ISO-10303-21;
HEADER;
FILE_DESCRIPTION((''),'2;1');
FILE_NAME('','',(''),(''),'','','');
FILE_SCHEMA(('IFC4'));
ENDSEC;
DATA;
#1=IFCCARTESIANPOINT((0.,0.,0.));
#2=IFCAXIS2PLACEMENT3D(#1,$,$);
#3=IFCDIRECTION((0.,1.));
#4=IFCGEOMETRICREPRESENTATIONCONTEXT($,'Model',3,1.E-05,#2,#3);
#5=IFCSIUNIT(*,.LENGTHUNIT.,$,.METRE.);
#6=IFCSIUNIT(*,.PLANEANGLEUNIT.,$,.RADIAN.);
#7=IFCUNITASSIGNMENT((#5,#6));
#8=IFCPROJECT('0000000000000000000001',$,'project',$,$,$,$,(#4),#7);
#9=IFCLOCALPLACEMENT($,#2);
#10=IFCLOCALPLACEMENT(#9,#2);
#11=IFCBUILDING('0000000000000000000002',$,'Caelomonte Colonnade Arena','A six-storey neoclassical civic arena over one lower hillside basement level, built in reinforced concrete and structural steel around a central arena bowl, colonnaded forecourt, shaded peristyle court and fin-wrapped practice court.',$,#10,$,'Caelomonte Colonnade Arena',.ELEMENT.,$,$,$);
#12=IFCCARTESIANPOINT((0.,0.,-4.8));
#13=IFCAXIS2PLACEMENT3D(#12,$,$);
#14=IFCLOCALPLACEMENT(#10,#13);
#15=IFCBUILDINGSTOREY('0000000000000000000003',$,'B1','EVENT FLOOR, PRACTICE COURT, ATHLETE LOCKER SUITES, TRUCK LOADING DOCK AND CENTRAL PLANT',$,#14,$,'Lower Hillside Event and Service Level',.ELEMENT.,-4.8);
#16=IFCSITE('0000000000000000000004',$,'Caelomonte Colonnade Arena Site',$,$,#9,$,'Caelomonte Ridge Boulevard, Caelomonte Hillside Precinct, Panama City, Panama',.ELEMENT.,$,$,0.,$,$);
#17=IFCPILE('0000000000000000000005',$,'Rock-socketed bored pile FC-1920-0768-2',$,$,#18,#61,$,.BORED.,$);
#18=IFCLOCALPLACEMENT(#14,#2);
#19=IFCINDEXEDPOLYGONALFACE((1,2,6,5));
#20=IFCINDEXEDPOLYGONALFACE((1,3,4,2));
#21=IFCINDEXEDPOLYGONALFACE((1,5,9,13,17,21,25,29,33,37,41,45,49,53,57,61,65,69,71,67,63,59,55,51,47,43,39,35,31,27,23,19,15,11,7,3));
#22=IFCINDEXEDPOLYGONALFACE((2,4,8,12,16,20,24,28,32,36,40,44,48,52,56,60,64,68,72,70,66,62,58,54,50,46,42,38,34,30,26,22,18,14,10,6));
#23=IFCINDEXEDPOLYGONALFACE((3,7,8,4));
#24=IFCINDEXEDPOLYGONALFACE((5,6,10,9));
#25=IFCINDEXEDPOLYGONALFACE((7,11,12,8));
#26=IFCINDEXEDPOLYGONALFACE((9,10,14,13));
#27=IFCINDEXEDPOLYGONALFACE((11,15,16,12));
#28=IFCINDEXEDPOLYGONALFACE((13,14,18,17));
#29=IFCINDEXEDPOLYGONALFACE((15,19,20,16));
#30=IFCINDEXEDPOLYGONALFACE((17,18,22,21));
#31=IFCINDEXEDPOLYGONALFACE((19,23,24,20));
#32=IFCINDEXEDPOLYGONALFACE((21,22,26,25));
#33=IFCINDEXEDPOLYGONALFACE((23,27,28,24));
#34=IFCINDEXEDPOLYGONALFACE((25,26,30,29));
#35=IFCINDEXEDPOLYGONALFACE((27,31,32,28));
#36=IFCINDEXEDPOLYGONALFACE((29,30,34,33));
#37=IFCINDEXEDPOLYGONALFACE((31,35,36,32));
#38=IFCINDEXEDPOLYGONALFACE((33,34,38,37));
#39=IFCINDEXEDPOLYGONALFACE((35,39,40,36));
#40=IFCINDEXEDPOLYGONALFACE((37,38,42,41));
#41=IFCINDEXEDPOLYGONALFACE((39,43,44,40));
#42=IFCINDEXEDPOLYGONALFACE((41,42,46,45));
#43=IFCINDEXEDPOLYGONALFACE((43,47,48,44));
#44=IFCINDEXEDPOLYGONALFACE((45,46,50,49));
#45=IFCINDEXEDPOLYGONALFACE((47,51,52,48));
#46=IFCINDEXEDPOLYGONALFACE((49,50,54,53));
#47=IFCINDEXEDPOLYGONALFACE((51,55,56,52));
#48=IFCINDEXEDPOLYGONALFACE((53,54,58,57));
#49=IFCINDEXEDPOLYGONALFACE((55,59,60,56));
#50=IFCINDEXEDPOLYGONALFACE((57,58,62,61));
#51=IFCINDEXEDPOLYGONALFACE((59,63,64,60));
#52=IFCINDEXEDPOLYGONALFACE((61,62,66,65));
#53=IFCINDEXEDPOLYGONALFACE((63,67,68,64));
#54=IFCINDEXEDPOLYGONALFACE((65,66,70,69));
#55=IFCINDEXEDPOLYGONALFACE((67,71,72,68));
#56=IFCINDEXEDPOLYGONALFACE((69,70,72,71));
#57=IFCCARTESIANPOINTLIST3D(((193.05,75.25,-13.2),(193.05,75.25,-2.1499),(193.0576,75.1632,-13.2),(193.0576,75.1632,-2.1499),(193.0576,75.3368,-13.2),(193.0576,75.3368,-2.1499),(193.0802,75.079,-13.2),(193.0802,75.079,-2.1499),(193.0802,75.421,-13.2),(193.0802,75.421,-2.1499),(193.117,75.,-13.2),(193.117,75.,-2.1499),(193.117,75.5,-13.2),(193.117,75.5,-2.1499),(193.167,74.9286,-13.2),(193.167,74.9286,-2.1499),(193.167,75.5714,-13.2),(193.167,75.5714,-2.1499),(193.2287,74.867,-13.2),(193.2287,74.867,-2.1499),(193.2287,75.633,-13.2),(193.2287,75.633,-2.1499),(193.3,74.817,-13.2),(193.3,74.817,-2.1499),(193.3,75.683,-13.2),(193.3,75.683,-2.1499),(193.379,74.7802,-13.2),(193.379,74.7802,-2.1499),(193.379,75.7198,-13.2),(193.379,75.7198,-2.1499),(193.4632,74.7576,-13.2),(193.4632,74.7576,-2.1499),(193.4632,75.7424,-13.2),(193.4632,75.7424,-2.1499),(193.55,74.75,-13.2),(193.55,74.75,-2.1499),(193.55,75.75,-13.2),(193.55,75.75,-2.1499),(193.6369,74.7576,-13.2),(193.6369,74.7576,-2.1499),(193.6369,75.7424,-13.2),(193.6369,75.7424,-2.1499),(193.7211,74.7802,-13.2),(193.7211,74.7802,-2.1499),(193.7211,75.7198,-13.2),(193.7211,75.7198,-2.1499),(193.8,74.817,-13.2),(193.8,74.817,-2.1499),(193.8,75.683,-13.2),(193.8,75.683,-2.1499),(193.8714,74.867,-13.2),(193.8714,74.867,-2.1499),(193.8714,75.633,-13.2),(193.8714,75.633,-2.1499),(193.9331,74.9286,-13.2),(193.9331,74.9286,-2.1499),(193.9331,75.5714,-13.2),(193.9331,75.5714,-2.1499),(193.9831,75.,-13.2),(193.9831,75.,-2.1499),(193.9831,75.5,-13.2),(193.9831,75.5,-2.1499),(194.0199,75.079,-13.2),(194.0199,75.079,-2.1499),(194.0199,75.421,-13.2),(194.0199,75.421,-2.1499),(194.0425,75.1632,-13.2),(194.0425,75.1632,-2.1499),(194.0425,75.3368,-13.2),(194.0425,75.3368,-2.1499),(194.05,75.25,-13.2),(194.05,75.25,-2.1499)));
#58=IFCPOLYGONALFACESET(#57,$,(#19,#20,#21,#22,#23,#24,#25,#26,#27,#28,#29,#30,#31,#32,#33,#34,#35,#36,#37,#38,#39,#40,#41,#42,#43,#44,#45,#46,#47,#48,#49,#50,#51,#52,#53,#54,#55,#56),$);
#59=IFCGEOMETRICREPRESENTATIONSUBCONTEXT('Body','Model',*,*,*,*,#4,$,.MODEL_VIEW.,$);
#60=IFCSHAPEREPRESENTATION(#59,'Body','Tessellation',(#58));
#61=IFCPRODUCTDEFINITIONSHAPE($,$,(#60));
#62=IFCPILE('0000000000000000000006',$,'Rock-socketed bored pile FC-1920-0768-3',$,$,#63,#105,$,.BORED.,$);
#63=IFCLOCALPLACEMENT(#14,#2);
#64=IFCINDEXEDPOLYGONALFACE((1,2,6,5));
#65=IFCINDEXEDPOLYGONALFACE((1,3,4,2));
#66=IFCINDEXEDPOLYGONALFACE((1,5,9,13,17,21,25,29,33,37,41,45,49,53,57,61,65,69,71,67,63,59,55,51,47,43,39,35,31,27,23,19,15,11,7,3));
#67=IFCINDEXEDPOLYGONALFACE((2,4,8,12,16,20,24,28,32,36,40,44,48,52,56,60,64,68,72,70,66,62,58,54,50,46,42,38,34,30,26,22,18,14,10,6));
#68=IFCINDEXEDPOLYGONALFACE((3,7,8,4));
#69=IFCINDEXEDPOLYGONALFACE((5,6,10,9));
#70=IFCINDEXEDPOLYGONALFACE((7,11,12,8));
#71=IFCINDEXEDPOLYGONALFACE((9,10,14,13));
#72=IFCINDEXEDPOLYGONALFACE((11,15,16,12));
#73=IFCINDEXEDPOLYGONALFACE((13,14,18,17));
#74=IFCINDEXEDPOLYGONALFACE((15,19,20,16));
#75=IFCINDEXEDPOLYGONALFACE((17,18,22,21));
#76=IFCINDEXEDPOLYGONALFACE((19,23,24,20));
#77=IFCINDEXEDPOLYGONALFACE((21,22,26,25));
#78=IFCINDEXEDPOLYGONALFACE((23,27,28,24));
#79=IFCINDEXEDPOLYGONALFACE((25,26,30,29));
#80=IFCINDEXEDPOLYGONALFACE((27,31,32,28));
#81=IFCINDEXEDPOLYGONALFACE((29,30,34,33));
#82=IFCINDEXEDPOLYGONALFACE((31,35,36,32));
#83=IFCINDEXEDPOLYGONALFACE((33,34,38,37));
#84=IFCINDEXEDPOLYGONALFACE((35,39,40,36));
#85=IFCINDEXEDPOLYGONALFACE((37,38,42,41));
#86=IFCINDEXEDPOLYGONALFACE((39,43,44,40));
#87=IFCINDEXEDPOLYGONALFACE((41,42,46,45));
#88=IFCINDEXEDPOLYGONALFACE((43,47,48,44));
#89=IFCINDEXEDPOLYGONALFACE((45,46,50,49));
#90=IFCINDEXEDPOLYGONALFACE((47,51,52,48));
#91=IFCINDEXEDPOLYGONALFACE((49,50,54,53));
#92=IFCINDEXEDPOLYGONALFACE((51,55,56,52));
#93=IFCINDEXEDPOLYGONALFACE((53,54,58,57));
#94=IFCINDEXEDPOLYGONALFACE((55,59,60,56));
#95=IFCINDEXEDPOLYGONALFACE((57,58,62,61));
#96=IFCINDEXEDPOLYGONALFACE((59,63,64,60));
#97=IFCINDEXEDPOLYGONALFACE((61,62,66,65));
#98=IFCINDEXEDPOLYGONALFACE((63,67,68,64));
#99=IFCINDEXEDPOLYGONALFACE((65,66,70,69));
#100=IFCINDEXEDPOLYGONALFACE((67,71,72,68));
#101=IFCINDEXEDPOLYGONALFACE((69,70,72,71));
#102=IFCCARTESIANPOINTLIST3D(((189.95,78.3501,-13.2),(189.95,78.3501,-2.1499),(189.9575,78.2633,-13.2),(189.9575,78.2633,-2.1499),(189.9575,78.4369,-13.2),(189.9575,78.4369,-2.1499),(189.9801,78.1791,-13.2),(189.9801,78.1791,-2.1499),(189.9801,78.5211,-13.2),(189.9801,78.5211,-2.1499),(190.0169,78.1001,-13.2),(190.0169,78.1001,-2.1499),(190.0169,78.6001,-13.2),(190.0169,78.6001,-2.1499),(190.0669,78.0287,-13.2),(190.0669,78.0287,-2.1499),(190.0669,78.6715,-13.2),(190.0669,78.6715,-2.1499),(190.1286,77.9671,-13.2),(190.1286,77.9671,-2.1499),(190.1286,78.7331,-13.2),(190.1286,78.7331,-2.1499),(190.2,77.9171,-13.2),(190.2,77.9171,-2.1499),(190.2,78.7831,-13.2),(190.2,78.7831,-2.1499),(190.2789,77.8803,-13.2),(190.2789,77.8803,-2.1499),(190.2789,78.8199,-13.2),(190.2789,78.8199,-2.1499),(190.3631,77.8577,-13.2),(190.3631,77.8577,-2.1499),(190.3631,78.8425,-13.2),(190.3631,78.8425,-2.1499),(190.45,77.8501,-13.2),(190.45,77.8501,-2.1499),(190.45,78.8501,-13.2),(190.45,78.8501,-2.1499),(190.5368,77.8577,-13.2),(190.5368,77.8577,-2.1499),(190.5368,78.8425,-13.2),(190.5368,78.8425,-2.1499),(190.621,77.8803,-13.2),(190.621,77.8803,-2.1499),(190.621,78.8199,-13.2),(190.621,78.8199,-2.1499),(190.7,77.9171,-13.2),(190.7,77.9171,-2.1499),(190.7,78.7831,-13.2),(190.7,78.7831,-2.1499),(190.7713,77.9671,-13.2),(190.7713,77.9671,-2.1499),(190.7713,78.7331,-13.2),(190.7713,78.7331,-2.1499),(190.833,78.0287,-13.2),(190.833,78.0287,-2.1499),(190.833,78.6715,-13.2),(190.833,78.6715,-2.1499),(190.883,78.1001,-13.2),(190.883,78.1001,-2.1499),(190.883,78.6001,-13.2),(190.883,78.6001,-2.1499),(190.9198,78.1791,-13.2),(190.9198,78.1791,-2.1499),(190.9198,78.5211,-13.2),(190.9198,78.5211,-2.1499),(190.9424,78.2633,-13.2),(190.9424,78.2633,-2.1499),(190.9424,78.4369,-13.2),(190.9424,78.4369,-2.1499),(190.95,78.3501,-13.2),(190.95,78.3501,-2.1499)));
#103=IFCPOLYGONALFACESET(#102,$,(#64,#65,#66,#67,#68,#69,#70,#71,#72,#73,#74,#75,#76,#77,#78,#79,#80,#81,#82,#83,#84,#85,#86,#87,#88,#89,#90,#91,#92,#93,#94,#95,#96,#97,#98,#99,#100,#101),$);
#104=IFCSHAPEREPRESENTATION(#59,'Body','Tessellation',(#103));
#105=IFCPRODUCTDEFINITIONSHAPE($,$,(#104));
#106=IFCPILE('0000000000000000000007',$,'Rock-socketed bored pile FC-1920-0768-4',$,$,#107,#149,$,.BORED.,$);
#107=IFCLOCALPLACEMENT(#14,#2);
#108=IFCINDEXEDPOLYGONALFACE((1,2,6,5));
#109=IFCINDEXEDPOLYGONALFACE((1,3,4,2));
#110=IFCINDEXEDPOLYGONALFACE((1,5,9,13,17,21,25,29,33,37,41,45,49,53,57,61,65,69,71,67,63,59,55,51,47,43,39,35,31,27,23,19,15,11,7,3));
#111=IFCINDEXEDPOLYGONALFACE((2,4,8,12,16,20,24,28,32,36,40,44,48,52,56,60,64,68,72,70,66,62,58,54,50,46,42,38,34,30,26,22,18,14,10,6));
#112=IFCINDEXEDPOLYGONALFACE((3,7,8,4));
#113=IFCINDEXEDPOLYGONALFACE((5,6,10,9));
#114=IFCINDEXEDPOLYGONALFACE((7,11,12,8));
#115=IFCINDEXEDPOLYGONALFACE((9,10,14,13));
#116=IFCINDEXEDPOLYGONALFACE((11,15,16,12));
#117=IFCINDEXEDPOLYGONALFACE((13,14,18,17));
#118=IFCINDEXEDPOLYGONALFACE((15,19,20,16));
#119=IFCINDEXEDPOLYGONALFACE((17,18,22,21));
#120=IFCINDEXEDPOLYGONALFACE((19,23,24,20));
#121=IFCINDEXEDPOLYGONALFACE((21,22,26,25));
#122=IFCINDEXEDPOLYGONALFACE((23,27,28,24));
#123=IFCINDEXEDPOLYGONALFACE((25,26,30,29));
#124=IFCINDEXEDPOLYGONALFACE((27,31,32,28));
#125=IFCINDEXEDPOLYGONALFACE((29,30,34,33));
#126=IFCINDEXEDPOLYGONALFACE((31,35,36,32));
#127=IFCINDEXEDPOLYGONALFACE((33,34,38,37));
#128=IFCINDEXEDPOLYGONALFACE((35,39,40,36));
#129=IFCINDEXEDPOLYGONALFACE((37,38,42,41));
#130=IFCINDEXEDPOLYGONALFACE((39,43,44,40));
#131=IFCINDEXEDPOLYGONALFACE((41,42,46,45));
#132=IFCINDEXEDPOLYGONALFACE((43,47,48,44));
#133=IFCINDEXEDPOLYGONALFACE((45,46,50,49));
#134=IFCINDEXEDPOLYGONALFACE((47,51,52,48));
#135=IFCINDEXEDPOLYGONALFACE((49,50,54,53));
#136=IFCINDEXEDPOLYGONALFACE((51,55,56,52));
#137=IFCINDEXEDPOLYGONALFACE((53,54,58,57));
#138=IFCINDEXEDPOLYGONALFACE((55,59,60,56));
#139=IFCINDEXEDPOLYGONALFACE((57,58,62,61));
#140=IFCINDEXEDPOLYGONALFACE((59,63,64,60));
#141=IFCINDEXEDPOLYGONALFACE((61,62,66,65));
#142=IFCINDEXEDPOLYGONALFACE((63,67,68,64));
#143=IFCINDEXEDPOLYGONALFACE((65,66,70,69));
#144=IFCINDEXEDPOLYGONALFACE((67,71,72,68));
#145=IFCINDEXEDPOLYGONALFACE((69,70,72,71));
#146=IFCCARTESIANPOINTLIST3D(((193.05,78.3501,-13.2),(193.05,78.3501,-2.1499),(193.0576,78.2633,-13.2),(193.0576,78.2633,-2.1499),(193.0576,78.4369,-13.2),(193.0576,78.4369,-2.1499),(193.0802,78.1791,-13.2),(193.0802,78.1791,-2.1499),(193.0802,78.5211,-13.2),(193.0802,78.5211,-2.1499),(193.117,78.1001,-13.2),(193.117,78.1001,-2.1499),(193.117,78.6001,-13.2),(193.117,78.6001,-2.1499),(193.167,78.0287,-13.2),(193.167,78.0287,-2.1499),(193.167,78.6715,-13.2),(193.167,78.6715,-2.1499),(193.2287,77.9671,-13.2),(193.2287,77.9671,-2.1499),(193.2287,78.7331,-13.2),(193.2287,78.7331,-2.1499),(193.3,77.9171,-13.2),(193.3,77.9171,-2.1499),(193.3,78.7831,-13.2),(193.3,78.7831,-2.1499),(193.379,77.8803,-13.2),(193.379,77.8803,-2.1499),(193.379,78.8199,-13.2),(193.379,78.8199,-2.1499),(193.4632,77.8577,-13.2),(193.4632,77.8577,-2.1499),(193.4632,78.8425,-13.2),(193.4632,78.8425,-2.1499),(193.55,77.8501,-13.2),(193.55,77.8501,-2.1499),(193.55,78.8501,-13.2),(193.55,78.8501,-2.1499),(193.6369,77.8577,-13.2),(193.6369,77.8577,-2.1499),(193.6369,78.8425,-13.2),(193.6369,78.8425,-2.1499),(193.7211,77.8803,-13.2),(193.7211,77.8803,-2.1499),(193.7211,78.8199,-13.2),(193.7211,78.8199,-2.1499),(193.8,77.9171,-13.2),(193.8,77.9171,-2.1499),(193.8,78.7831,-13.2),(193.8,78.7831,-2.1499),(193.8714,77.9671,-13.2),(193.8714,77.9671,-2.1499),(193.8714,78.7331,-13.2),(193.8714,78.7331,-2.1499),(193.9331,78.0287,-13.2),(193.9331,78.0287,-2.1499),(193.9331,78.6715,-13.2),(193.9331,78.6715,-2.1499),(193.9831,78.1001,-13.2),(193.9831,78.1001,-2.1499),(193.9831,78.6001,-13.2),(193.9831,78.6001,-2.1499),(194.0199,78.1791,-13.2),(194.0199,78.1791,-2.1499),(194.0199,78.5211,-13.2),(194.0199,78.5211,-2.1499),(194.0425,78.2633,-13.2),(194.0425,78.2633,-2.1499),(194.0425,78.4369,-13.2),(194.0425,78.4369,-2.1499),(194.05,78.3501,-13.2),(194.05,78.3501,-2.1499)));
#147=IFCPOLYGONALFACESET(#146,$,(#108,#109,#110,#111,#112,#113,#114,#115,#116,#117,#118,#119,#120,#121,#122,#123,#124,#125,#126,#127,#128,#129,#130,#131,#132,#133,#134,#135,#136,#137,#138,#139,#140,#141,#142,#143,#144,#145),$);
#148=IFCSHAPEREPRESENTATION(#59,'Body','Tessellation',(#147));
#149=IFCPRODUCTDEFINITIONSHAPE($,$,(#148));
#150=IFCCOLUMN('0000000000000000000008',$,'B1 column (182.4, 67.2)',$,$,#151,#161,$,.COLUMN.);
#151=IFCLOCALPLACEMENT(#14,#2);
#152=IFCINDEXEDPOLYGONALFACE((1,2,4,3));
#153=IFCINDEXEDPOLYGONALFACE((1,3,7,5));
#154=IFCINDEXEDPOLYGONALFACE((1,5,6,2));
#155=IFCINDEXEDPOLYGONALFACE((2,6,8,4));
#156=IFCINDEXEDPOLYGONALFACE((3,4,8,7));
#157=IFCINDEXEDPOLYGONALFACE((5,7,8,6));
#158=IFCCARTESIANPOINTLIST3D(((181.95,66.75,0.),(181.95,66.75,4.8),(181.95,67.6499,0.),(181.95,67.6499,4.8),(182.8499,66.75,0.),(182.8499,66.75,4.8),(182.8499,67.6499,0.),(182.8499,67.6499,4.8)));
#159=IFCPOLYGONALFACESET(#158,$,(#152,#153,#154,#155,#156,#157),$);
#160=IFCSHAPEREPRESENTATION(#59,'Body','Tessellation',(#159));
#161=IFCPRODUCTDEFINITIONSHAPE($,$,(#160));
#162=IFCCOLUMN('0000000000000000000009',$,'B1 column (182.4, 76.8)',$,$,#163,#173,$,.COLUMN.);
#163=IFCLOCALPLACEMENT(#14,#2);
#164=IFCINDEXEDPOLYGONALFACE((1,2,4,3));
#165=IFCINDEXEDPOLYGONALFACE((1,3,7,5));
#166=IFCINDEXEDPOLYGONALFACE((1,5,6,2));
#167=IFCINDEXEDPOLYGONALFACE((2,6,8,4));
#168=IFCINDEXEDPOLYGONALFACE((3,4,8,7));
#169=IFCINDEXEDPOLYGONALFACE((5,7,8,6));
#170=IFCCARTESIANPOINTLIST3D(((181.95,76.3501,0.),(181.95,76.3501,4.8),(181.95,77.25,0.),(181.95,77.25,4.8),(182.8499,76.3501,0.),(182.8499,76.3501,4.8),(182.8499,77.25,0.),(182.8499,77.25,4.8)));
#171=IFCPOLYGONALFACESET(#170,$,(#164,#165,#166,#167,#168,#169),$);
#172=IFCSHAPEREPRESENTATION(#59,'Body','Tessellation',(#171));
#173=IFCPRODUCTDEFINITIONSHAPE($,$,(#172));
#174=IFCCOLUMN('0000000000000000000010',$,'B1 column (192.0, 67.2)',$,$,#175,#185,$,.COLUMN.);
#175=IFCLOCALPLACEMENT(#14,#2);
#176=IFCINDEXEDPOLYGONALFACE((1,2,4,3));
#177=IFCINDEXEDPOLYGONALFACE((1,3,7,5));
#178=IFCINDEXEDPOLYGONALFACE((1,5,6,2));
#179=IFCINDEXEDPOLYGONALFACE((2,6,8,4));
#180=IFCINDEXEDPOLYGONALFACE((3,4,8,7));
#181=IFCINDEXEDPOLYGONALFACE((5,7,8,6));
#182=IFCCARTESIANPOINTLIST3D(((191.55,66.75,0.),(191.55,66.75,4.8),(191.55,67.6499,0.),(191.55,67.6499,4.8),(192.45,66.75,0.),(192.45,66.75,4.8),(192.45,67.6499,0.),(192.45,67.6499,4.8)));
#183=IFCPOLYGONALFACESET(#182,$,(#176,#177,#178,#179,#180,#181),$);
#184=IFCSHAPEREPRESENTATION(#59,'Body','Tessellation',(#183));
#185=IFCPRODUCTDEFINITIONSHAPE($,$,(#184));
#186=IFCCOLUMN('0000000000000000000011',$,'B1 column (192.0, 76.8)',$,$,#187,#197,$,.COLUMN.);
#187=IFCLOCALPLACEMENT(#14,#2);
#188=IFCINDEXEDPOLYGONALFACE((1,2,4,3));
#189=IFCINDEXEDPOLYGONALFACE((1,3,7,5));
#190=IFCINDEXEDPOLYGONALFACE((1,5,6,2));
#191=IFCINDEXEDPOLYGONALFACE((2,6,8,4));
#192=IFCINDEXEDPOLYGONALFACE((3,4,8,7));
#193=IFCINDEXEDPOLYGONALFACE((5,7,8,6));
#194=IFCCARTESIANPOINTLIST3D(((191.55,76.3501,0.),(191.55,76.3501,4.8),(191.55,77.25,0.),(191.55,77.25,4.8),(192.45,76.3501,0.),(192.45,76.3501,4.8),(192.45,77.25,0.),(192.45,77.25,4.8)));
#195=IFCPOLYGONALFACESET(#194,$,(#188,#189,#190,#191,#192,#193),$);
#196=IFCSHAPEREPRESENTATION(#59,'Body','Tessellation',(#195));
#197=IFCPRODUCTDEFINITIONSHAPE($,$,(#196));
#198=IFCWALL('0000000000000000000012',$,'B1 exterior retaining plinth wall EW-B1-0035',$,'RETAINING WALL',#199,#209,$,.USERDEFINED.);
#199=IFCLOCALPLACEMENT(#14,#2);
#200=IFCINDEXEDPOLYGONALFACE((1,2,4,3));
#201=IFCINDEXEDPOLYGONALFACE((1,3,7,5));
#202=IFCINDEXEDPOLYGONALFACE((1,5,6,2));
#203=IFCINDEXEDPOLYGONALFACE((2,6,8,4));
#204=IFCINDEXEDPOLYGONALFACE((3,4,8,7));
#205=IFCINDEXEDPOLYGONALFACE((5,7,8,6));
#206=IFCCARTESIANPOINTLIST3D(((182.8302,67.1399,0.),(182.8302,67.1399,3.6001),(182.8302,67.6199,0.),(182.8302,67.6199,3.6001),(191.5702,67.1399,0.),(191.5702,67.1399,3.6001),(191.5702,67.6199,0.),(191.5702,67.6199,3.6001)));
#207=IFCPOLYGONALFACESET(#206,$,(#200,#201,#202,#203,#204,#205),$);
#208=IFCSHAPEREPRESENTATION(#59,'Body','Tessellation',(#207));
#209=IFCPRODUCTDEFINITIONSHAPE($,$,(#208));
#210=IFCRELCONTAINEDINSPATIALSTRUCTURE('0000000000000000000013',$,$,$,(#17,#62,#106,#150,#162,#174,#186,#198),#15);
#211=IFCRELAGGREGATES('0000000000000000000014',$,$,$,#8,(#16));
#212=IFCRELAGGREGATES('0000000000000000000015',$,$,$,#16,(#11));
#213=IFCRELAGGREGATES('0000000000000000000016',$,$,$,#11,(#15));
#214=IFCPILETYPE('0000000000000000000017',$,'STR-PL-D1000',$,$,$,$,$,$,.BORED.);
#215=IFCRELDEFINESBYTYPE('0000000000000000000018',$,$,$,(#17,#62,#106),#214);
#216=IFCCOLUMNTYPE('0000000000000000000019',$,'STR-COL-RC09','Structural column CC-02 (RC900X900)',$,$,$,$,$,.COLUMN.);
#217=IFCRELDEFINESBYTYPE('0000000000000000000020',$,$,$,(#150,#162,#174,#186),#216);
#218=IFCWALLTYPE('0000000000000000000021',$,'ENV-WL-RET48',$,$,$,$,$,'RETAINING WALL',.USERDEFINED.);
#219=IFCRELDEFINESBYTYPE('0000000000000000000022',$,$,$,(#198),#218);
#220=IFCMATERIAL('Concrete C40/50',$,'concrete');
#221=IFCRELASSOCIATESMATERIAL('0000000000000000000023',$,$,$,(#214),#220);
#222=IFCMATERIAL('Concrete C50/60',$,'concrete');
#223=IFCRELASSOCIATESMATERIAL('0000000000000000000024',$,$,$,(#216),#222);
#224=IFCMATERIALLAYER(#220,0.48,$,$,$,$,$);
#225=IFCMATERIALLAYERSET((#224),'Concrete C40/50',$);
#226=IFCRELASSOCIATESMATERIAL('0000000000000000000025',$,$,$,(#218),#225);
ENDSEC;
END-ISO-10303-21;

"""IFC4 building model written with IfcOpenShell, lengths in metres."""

from ifc_helpers import new_model, si_unit, direction, frame, frame_2d, origin, origin_2d, place, context, subcontext, project, spatial, rectangle, circle, extrude, material, layer, layer_set, material_profile, profile_set, type_object, element, save


model = new_model("IFC4")

# Units and contexts
model_context = context("Model", 3, precision=1e-05, world=origin(), true_north=direction((0.0, 1.0)))
body_context = subcontext(model_context, "Body", "Model", "MODEL_VIEW")
ifc_project = project(units=[si_unit("LENGTHUNIT", "METRE"), si_unit("PLANEANGLEUNIT", "RADIAN")], contexts=[model_context])

# Site, building, storey
site_placement = place(None, origin())
site = spatial("IfcSite", under=ifc_project, at=site_placement, Name="Caelomonte Colonnade Arena Site", LongName="Caelomonte Ridge Boulevard, Caelomonte Hillside Precinct, Panama City, Panama", CompositionType="ELEMENT", RefElevation=0.0)
building_placement = place(site_placement, origin())
building = spatial("IfcBuilding", under=site, at=building_placement, Name="Caelomonte Colonnade Arena", Description="A six-storey neoclassical civic arena over one lower hillside basement level, built in reinforced concrete and structural steel around a central arena bowl, colonnaded forecourt, shaded peristyle court and fin-wrapped practice court.", LongName="Caelomonte Colonnade Arena", CompositionType="ELEMENT")
storey_placement = place(building_placement, frame((0.0, 0.0, -4.8)))
storey = spatial("IfcBuildingStorey", under=building, at=storey_placement, Name="B1", Description="EVENT FLOOR, PRACTICE COURT, ATHLETE LOCKER SUITES, TRUCK LOADING DOCK AND CENTRAL PLANT", LongName="Lower Hillside Event and Service Level", CompositionType="ELEMENT", Elevation=-4.8)

# Shared definitions
ifc_material_1 = material(Name="Concrete C40/50", Category="concrete")

# Piles
ifc_material_profile_1 = material_profile(ifc_material_1, circle(Radius=0.5, at=origin_2d()), Name="PILE-D1000")
ifc_profile_set_1 = profile_set([ifc_material_profile_1], Name="Concrete C40/50")
pile_type = type_object("IfcPileType", Name="STR-PL-D1000", PredefinedType="BORED", material=ifc_profile_set_1)
for number, where, z_axis, x_axis, name in (
    (1, (193.55, 75.25, -2.1499), (0.0, 0.0, -1.0), (1.0, 0.0, 0.0), "Rock-socketed bored pile FC-1920-0768-2"),
    (2, (190.45, 78.3501, -2.1499), (0.0, 0.0, -1.0), (1.0, 0.0, 0.0), "Rock-socketed bored pile FC-1920-0768-3"),
    (3, (193.55, 78.3501, -2.1499), (0.0, 0.0, -1.0), (1.0, 0.0, 0.0), "Rock-socketed bored pile FC-1920-0768-4"),
):
    element("IfcPile", number, at=place(storey_placement, frame(where, z_axis=z_axis, x_axis=x_axis)), inside=storey, type_object=pile_type, Name=name, PredefinedType="BORED", context=body_context, shape_type="SweptSolid", body=[
        extrude(circle(Radius=0.5, at=origin_2d()), origin(), (0.0, 0.0, 1.0), 11.05),
    ])

# Columns
ifc_material_2 = material(Name="Concrete C50/60", Category="concrete")
ifc_material_profile_2 = material_profile(ifc_material_2, rectangle(XDim=0.8999, YDim=0.8999, at=origin_2d()), Name="RC900X900")
ifc_profile_set_2 = profile_set([ifc_material_profile_2], Name="Concrete C50/60")
column_type = type_object("IfcColumnType", Name="STR-COL-RC09", Description="Structural column CC-02 (RC900X900)", PredefinedType="COLUMN", material=ifc_profile_set_2)
for number, where, z_axis, x_axis, name in (
    (4, (182.3999, 67.2, 0.0), (0.0, 0.0, 1.0), (1.0, 0.0, 0.0), "B1 column (182.4, 67.2)"),
    (5, (182.3999, 76.8, 0.0), (0.0, 0.0, 1.0), (1.0, 0.0, 0.0), "B1 column (182.4, 76.8)"),
    (6, (192.0, 67.2, 0.0), (0.0, 0.0, 1.0), (1.0, 0.0, 0.0), "B1 column (192.0, 67.2)"),
    (7, (192.0, 76.8, 0.0), (0.0, 0.0, 1.0), (1.0, 0.0, 0.0), "B1 column (192.0, 76.8)"),
):
    element("IfcColumn", number, at=place(storey_placement, frame(where, z_axis=z_axis, x_axis=x_axis)), inside=storey, type_object=column_type, Name=name, PredefinedType="COLUMN", context=body_context, shape_type="SweptSolid", body=[
        extrude(rectangle(XDim=0.8999, YDim=0.8999, at=origin_2d()), origin(), (0.0, 0.0, 1.0), 4.8),
    ])

# Wall
ifc_layer = layer(ifc_material_1, 0.48)
ifc_layer_set = layer_set([ifc_layer], Name="Concrete C40/50")
wall_type = type_object("IfcWallType", Name="ENV-WL-RET48", ElementType="RETAINING WALL", PredefinedType="USERDEFINED", material=ifc_layer_set)
wall_1_placement = place(storey_placement, frame((182.8301, 67.3799, 0.0), z_axis=(0.0, 0.0, 1.0), x_axis=(1.0, 0.0, 0.0)))
element("IfcWall", 8, at=wall_1_placement, inside=storey, type_object=wall_type, Name="B1 exterior retaining plinth wall EW-B1-0035", ObjectType="RETAINING WALL", PredefinedType="USERDEFINED", context=body_context, shape_type="SweptSolid", body=[
    extrude(rectangle(XDim=8.74, YDim=0.48, at=frame_2d((4.3701, 0.0))), origin(), (0.0, 0.0, 1.0), 3.6001),
])

save(model, "model.ifc")
